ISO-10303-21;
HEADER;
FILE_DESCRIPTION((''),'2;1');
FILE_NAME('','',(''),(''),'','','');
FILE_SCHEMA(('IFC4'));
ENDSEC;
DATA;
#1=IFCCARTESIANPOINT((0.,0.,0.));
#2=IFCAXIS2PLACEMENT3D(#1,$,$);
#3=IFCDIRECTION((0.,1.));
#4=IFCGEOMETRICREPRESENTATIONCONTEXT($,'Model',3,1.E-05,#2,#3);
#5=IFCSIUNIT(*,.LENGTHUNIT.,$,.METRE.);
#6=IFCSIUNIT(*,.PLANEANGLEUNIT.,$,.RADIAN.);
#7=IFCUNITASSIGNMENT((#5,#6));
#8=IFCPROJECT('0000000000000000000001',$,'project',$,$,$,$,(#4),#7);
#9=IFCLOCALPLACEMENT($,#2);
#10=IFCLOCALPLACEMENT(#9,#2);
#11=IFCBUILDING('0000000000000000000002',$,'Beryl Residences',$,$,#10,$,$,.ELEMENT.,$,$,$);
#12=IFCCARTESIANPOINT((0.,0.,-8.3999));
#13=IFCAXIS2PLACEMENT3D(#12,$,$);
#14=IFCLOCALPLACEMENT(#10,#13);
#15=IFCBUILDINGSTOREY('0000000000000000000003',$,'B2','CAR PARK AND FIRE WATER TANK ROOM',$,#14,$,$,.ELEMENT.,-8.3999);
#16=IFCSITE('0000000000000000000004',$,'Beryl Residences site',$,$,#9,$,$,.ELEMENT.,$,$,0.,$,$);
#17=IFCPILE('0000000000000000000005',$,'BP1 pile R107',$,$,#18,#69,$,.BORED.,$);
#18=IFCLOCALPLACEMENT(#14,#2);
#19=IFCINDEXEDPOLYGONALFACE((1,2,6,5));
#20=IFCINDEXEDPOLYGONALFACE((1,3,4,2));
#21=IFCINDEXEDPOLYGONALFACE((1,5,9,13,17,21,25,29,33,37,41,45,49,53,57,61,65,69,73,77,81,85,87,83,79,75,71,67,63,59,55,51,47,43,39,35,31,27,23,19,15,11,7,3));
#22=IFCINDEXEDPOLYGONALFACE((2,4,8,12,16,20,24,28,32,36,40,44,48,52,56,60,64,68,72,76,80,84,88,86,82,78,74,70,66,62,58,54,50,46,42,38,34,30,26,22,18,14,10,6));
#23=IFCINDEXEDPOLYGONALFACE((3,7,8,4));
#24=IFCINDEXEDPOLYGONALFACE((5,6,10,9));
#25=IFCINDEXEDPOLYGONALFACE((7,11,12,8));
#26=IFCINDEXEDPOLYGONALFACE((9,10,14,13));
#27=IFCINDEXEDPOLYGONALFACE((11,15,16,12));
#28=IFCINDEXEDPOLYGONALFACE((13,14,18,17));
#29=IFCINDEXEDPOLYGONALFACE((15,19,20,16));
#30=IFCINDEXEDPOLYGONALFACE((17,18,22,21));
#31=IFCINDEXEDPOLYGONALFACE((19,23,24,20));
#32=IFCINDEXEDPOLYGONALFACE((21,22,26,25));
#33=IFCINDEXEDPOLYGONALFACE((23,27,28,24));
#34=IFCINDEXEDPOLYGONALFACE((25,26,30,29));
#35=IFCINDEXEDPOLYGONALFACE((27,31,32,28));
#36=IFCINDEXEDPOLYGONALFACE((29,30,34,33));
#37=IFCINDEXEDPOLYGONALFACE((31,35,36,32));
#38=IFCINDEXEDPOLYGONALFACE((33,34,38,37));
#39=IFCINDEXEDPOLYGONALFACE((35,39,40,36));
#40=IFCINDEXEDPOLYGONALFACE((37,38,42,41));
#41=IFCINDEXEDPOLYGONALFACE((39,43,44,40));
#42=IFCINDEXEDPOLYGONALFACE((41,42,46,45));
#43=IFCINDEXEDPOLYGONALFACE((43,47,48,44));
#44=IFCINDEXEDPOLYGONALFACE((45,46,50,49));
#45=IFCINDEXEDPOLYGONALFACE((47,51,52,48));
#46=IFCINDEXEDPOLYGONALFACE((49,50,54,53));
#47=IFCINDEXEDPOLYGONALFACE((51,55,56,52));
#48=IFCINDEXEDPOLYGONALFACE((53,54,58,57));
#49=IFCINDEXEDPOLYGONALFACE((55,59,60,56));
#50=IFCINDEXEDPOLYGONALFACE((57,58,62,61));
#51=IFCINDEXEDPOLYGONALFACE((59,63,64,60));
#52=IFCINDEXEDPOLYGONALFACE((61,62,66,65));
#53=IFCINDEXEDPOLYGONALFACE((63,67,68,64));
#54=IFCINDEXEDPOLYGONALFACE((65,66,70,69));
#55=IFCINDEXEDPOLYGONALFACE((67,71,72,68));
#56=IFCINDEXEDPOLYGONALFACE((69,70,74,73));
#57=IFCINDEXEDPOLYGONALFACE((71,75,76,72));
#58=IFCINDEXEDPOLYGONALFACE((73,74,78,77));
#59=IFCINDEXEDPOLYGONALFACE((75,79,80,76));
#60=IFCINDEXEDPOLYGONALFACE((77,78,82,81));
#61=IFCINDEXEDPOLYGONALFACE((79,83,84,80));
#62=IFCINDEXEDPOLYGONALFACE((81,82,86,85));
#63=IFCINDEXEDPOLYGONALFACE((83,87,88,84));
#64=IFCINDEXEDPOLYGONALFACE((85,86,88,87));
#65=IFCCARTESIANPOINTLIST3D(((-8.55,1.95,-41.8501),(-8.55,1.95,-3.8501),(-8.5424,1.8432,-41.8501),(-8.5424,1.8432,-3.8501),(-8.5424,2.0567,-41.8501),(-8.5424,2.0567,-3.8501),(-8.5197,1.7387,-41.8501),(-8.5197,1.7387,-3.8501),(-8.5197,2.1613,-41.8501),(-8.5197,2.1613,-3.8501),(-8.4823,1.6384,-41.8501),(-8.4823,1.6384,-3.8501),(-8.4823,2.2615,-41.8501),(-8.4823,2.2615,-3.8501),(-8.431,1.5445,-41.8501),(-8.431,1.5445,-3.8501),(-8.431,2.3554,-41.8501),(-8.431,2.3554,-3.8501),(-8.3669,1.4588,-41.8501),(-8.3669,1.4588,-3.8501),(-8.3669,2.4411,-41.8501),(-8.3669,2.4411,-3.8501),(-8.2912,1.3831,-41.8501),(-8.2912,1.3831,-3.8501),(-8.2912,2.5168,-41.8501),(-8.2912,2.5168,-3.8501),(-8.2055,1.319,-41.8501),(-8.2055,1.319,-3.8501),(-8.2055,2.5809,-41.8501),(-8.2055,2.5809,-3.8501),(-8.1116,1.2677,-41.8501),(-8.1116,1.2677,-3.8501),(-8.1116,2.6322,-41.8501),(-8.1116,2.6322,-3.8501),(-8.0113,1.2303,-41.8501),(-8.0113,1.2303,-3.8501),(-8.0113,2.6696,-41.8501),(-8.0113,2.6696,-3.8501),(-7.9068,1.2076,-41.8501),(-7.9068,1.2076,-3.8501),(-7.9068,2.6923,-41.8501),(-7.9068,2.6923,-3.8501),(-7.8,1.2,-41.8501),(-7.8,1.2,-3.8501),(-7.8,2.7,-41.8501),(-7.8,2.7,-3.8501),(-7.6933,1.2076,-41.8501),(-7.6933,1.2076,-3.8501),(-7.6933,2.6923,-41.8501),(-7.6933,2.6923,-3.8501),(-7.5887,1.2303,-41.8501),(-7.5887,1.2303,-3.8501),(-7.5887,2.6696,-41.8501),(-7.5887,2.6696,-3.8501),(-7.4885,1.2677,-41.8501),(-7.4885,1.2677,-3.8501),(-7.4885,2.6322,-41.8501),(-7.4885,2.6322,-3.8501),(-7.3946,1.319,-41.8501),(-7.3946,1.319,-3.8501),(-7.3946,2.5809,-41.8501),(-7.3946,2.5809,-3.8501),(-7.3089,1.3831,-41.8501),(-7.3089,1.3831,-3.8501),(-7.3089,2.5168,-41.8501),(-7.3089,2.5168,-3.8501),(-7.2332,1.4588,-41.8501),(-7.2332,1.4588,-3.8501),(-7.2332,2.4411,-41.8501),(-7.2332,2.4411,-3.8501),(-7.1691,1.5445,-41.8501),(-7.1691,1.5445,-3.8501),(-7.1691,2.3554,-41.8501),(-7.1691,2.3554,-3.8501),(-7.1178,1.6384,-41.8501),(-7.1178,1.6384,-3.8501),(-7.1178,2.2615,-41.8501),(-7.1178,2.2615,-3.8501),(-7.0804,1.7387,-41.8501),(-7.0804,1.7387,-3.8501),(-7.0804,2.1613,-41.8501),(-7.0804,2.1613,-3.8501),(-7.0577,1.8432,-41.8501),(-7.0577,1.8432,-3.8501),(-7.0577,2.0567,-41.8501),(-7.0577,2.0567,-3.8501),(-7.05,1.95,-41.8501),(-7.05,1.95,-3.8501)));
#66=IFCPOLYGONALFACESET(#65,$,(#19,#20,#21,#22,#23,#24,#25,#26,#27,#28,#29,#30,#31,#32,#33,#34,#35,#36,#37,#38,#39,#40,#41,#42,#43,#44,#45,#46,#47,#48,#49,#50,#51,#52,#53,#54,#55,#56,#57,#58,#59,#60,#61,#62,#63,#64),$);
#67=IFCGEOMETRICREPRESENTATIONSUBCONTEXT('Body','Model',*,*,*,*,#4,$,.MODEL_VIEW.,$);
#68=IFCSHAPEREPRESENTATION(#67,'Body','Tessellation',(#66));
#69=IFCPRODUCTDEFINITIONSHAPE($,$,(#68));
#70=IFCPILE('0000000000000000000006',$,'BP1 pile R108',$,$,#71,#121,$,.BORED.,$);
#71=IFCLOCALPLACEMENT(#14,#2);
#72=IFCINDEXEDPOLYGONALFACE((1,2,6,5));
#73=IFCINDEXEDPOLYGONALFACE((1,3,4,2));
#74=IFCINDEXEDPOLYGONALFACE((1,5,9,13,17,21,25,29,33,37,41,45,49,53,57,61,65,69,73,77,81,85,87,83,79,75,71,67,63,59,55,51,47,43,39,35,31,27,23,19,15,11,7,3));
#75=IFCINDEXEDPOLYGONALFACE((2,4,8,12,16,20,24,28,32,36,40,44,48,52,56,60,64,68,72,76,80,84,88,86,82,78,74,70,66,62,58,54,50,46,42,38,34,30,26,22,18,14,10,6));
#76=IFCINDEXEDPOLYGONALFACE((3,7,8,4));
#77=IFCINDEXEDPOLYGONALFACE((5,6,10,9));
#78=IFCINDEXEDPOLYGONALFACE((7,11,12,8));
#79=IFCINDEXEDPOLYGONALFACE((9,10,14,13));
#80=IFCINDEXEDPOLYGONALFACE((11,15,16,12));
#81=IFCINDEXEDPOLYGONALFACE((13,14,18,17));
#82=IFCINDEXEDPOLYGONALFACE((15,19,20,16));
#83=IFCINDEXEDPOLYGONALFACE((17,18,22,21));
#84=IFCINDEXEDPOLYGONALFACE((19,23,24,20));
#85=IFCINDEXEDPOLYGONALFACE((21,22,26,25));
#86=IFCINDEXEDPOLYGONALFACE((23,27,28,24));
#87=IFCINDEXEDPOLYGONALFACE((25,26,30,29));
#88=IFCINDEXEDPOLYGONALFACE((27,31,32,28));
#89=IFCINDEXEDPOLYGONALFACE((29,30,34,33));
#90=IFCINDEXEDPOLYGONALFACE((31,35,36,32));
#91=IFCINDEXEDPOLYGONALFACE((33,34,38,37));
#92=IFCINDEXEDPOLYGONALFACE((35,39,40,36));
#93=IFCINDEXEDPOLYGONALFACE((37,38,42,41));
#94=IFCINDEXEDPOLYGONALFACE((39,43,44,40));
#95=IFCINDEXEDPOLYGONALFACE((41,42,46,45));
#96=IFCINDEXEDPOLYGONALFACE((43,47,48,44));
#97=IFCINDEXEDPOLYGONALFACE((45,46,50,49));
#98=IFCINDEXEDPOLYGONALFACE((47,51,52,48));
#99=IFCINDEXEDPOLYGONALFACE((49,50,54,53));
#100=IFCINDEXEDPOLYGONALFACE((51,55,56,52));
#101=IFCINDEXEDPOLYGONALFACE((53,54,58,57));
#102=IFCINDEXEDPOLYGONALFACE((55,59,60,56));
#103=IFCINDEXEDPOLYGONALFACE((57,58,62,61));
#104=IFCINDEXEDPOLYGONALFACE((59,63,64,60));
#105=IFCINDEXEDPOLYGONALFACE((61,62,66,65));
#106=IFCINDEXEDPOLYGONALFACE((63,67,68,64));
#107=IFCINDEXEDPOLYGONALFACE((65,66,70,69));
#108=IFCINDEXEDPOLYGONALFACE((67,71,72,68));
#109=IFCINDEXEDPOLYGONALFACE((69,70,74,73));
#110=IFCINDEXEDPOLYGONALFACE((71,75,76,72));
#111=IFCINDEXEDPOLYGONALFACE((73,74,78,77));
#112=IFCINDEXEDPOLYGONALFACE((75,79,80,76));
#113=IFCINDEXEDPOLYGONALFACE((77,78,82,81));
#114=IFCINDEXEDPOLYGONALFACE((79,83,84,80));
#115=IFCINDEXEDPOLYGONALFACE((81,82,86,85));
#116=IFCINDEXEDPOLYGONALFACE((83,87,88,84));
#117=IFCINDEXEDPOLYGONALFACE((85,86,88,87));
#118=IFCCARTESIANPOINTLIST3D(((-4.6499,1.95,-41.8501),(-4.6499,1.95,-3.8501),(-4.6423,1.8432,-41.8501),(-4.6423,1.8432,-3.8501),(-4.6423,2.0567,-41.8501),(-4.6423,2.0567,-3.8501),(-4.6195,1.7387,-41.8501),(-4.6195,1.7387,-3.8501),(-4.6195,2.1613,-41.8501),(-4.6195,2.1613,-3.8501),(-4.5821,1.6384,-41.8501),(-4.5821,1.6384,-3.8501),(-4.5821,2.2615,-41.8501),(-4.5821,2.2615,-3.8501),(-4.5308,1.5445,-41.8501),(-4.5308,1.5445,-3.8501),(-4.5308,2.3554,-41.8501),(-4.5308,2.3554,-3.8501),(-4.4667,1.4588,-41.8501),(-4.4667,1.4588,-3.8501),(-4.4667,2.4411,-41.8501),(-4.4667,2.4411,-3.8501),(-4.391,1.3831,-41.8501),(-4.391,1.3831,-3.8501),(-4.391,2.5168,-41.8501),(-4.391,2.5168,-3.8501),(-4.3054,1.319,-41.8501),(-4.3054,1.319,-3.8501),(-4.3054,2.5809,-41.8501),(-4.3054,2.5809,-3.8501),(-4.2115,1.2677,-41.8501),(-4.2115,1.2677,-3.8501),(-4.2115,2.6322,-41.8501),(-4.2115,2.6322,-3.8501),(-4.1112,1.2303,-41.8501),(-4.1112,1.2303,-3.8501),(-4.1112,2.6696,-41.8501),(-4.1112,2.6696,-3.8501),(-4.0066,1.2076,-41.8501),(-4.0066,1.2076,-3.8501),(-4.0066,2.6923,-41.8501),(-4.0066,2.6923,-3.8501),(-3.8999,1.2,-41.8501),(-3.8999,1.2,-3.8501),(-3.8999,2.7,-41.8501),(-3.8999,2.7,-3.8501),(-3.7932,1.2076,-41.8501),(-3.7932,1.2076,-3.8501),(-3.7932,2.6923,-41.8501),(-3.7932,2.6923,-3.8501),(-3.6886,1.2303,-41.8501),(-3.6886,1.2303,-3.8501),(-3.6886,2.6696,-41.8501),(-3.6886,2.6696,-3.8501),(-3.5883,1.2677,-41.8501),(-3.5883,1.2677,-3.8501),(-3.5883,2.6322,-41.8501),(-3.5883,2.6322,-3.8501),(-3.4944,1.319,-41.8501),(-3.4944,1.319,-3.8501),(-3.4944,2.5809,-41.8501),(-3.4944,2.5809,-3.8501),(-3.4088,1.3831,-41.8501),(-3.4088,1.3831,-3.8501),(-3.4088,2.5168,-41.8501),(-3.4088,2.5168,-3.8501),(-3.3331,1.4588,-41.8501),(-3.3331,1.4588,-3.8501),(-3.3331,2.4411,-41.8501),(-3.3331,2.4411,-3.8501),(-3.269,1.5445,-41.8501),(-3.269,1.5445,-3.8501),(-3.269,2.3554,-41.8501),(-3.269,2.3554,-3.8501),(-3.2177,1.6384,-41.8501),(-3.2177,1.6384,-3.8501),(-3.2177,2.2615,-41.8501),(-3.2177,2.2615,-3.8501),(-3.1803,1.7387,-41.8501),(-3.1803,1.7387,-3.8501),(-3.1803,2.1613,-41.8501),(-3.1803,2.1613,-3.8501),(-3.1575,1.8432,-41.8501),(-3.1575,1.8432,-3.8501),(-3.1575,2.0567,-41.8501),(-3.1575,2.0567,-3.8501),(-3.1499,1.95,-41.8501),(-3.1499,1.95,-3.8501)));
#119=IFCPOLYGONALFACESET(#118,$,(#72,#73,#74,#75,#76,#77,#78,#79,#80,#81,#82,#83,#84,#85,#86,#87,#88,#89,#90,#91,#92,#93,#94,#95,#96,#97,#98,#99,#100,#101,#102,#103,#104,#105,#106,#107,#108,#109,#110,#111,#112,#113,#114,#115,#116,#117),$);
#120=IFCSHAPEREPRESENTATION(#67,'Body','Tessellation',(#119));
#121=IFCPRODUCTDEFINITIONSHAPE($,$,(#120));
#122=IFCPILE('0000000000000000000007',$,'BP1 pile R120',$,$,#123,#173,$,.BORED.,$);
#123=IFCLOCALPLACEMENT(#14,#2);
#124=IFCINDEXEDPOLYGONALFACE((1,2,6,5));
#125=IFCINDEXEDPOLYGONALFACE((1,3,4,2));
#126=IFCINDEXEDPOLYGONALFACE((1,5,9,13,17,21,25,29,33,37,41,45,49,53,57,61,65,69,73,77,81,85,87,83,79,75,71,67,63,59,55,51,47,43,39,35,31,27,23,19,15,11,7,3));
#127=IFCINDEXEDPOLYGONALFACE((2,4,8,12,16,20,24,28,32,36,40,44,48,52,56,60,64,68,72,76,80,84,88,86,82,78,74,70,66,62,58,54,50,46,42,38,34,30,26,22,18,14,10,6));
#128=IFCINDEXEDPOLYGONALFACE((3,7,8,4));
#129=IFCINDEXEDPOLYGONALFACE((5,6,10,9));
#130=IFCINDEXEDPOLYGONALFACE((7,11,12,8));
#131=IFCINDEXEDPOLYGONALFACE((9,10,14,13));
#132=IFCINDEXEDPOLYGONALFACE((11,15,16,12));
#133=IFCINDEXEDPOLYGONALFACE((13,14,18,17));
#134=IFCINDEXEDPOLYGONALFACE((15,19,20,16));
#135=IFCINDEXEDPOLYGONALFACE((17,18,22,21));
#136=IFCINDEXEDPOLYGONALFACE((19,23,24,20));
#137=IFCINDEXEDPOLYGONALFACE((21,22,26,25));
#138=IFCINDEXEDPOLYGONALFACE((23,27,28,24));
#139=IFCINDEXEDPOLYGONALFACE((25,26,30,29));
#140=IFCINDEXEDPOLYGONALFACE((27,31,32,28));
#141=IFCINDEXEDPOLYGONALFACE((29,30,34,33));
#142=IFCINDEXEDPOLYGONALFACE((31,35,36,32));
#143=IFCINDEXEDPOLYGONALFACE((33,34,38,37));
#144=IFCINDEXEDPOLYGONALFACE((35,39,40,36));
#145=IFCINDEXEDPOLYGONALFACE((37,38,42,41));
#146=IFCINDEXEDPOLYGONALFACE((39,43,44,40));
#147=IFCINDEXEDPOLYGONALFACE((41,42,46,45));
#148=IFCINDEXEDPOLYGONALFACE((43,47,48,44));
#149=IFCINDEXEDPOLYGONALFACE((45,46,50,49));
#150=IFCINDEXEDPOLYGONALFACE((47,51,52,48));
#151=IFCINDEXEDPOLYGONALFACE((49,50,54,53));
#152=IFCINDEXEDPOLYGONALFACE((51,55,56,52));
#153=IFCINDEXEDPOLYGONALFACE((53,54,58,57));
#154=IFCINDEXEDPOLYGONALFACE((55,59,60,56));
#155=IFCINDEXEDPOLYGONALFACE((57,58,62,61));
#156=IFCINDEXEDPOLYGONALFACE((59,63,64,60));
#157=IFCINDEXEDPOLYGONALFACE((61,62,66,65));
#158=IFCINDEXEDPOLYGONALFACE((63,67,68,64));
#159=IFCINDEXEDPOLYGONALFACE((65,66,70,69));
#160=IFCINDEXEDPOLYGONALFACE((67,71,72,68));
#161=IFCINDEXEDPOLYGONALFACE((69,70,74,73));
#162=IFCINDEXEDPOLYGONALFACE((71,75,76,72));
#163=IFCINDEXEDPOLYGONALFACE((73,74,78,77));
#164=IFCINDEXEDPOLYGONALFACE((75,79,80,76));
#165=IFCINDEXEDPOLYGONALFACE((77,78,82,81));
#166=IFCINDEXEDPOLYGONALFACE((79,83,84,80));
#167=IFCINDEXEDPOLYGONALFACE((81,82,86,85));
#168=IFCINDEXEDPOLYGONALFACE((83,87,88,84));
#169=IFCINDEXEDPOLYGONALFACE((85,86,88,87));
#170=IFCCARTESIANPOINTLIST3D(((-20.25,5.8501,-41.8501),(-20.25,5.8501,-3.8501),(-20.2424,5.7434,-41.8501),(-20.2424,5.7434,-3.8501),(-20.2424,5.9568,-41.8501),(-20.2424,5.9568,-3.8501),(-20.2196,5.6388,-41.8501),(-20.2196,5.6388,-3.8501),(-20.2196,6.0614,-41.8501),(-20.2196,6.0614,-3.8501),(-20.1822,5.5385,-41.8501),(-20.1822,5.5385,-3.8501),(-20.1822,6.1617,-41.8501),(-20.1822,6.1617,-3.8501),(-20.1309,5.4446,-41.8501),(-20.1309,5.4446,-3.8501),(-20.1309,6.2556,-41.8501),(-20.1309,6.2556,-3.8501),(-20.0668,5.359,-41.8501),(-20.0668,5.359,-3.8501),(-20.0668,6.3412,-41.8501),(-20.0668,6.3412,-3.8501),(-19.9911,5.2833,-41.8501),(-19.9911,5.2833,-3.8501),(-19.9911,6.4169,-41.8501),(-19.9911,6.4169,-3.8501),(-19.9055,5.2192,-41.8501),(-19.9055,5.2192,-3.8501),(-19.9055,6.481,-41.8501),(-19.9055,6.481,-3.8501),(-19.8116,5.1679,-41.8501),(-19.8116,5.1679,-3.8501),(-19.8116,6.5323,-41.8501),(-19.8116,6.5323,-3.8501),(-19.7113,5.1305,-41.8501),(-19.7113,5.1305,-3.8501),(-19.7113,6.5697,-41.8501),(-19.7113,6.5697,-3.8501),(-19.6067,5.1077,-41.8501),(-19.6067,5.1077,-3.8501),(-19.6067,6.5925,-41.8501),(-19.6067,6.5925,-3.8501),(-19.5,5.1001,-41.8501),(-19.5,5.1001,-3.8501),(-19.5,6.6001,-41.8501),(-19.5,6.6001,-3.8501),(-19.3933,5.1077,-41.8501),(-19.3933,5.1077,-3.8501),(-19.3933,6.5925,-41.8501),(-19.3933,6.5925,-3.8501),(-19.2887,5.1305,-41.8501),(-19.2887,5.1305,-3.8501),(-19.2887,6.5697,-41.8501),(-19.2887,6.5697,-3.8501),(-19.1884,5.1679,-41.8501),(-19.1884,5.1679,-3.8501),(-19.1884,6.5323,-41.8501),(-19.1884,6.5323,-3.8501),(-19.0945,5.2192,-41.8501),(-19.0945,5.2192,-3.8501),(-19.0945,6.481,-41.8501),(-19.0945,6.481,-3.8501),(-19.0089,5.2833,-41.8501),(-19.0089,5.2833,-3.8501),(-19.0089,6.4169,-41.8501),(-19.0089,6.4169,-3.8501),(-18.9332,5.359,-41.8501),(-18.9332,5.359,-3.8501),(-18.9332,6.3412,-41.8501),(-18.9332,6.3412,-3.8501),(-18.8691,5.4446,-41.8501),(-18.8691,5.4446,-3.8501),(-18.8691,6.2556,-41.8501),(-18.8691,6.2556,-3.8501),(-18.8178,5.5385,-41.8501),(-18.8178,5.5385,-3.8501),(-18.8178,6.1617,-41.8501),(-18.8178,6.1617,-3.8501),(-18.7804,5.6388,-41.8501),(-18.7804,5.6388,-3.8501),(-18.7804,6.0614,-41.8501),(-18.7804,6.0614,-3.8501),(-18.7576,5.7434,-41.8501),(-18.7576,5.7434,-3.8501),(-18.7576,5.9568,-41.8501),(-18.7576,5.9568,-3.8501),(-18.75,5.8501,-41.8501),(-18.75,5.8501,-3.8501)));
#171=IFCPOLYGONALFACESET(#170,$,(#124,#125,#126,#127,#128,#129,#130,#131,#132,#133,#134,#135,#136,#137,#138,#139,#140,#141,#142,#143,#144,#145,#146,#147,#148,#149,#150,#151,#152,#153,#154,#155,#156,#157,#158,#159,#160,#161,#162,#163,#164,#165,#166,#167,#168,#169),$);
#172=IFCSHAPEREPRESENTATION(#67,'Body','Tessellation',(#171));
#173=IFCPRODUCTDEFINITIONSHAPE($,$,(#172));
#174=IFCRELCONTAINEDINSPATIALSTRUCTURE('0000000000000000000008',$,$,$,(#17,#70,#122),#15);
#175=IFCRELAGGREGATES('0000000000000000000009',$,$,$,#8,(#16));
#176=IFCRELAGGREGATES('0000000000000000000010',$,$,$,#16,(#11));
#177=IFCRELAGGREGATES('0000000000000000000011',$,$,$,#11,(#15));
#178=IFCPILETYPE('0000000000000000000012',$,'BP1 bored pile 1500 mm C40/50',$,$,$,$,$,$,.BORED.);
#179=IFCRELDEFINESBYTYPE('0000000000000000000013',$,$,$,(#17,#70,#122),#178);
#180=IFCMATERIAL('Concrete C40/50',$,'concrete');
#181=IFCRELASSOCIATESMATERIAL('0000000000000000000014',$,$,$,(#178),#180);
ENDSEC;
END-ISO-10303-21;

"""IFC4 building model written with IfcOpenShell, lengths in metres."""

from ifc_helpers import new_model, si_unit, direction, frame, origin, origin_2d, place, context, subcontext, project, spatial, circle, extrude, material, material_profile, profile_set, type_object, element, save


model = new_model("IFC4")

# Units and contexts
model_context = context("Model", 3, precision=1e-05, world=origin(), true_north=direction((0.0, 1.0)))
body_context = subcontext(model_context, "Body", "Model", "MODEL_VIEW")
ifc_project = project(units=[si_unit("LENGTHUNIT", "METRE"), si_unit("PLANEANGLEUNIT", "RADIAN")], contexts=[model_context])

# Site, building, storey
site_placement = place(None, origin())
site = spatial("IfcSite", under=ifc_project, at=site_placement, Name="Beryl Residences site", CompositionType="ELEMENT", RefElevation=0.0)
building_placement = place(site_placement, origin())
building = spatial("IfcBuilding", under=site, at=building_placement, Name="Beryl Residences", CompositionType="ELEMENT")
storey_placement = place(building_placement, frame((0.0, 0.0, -8.3999)))
storey = spatial("IfcBuildingStorey", under=building, at=storey_placement, Name="B2", Description="CAR PARK AND FIRE WATER TANK ROOM", CompositionType="ELEMENT", Elevation=-8.3999)

# Piles
ifc_material_1 = material(Name="Concrete C40/50", Category="concrete")
ifc_material_profile_1 = material_profile(ifc_material_1, circle(Radius=0.75, at=origin_2d()))
ifc_profile_set_1 = profile_set([ifc_material_profile_1], Name="Concrete C40/50")
pile_type = type_object("IfcPileType", Name="BP1 bored pile 1500 mm C40/50", PredefinedType="BORED", material=ifc_profile_set_1)
for number, where, z_axis, x_axis, name in (
    (1, (-7.8, 1.95, -3.8501), (0.0, 0.0, -1.0), (1.0, 0.0, 0.0), "BP1 pile R107"),
    (2, (-3.8999, 1.95, -3.8501), (0.0, 0.0, -1.0), (1.0, 0.0, 0.0), "BP1 pile R108"),
    (3, (-19.5, 5.8501, -3.8501), (0.0, 0.0, -1.0), (1.0, 0.0, 0.0), "BP1 pile R120"),
):
    element("IfcPile", number, at=place(storey_placement, frame(where, z_axis=z_axis, x_axis=x_axis)), inside=storey, type_object=pile_type, Name=name, PredefinedType="BORED", context=body_context, shape_type="SweptSolid", body=[
        extrude(circle(Radius=0.75, at=origin_2d()), origin(), (0.0, 0.0, 1.0), 38.0),
    ])

save(model, "model.ifc")
